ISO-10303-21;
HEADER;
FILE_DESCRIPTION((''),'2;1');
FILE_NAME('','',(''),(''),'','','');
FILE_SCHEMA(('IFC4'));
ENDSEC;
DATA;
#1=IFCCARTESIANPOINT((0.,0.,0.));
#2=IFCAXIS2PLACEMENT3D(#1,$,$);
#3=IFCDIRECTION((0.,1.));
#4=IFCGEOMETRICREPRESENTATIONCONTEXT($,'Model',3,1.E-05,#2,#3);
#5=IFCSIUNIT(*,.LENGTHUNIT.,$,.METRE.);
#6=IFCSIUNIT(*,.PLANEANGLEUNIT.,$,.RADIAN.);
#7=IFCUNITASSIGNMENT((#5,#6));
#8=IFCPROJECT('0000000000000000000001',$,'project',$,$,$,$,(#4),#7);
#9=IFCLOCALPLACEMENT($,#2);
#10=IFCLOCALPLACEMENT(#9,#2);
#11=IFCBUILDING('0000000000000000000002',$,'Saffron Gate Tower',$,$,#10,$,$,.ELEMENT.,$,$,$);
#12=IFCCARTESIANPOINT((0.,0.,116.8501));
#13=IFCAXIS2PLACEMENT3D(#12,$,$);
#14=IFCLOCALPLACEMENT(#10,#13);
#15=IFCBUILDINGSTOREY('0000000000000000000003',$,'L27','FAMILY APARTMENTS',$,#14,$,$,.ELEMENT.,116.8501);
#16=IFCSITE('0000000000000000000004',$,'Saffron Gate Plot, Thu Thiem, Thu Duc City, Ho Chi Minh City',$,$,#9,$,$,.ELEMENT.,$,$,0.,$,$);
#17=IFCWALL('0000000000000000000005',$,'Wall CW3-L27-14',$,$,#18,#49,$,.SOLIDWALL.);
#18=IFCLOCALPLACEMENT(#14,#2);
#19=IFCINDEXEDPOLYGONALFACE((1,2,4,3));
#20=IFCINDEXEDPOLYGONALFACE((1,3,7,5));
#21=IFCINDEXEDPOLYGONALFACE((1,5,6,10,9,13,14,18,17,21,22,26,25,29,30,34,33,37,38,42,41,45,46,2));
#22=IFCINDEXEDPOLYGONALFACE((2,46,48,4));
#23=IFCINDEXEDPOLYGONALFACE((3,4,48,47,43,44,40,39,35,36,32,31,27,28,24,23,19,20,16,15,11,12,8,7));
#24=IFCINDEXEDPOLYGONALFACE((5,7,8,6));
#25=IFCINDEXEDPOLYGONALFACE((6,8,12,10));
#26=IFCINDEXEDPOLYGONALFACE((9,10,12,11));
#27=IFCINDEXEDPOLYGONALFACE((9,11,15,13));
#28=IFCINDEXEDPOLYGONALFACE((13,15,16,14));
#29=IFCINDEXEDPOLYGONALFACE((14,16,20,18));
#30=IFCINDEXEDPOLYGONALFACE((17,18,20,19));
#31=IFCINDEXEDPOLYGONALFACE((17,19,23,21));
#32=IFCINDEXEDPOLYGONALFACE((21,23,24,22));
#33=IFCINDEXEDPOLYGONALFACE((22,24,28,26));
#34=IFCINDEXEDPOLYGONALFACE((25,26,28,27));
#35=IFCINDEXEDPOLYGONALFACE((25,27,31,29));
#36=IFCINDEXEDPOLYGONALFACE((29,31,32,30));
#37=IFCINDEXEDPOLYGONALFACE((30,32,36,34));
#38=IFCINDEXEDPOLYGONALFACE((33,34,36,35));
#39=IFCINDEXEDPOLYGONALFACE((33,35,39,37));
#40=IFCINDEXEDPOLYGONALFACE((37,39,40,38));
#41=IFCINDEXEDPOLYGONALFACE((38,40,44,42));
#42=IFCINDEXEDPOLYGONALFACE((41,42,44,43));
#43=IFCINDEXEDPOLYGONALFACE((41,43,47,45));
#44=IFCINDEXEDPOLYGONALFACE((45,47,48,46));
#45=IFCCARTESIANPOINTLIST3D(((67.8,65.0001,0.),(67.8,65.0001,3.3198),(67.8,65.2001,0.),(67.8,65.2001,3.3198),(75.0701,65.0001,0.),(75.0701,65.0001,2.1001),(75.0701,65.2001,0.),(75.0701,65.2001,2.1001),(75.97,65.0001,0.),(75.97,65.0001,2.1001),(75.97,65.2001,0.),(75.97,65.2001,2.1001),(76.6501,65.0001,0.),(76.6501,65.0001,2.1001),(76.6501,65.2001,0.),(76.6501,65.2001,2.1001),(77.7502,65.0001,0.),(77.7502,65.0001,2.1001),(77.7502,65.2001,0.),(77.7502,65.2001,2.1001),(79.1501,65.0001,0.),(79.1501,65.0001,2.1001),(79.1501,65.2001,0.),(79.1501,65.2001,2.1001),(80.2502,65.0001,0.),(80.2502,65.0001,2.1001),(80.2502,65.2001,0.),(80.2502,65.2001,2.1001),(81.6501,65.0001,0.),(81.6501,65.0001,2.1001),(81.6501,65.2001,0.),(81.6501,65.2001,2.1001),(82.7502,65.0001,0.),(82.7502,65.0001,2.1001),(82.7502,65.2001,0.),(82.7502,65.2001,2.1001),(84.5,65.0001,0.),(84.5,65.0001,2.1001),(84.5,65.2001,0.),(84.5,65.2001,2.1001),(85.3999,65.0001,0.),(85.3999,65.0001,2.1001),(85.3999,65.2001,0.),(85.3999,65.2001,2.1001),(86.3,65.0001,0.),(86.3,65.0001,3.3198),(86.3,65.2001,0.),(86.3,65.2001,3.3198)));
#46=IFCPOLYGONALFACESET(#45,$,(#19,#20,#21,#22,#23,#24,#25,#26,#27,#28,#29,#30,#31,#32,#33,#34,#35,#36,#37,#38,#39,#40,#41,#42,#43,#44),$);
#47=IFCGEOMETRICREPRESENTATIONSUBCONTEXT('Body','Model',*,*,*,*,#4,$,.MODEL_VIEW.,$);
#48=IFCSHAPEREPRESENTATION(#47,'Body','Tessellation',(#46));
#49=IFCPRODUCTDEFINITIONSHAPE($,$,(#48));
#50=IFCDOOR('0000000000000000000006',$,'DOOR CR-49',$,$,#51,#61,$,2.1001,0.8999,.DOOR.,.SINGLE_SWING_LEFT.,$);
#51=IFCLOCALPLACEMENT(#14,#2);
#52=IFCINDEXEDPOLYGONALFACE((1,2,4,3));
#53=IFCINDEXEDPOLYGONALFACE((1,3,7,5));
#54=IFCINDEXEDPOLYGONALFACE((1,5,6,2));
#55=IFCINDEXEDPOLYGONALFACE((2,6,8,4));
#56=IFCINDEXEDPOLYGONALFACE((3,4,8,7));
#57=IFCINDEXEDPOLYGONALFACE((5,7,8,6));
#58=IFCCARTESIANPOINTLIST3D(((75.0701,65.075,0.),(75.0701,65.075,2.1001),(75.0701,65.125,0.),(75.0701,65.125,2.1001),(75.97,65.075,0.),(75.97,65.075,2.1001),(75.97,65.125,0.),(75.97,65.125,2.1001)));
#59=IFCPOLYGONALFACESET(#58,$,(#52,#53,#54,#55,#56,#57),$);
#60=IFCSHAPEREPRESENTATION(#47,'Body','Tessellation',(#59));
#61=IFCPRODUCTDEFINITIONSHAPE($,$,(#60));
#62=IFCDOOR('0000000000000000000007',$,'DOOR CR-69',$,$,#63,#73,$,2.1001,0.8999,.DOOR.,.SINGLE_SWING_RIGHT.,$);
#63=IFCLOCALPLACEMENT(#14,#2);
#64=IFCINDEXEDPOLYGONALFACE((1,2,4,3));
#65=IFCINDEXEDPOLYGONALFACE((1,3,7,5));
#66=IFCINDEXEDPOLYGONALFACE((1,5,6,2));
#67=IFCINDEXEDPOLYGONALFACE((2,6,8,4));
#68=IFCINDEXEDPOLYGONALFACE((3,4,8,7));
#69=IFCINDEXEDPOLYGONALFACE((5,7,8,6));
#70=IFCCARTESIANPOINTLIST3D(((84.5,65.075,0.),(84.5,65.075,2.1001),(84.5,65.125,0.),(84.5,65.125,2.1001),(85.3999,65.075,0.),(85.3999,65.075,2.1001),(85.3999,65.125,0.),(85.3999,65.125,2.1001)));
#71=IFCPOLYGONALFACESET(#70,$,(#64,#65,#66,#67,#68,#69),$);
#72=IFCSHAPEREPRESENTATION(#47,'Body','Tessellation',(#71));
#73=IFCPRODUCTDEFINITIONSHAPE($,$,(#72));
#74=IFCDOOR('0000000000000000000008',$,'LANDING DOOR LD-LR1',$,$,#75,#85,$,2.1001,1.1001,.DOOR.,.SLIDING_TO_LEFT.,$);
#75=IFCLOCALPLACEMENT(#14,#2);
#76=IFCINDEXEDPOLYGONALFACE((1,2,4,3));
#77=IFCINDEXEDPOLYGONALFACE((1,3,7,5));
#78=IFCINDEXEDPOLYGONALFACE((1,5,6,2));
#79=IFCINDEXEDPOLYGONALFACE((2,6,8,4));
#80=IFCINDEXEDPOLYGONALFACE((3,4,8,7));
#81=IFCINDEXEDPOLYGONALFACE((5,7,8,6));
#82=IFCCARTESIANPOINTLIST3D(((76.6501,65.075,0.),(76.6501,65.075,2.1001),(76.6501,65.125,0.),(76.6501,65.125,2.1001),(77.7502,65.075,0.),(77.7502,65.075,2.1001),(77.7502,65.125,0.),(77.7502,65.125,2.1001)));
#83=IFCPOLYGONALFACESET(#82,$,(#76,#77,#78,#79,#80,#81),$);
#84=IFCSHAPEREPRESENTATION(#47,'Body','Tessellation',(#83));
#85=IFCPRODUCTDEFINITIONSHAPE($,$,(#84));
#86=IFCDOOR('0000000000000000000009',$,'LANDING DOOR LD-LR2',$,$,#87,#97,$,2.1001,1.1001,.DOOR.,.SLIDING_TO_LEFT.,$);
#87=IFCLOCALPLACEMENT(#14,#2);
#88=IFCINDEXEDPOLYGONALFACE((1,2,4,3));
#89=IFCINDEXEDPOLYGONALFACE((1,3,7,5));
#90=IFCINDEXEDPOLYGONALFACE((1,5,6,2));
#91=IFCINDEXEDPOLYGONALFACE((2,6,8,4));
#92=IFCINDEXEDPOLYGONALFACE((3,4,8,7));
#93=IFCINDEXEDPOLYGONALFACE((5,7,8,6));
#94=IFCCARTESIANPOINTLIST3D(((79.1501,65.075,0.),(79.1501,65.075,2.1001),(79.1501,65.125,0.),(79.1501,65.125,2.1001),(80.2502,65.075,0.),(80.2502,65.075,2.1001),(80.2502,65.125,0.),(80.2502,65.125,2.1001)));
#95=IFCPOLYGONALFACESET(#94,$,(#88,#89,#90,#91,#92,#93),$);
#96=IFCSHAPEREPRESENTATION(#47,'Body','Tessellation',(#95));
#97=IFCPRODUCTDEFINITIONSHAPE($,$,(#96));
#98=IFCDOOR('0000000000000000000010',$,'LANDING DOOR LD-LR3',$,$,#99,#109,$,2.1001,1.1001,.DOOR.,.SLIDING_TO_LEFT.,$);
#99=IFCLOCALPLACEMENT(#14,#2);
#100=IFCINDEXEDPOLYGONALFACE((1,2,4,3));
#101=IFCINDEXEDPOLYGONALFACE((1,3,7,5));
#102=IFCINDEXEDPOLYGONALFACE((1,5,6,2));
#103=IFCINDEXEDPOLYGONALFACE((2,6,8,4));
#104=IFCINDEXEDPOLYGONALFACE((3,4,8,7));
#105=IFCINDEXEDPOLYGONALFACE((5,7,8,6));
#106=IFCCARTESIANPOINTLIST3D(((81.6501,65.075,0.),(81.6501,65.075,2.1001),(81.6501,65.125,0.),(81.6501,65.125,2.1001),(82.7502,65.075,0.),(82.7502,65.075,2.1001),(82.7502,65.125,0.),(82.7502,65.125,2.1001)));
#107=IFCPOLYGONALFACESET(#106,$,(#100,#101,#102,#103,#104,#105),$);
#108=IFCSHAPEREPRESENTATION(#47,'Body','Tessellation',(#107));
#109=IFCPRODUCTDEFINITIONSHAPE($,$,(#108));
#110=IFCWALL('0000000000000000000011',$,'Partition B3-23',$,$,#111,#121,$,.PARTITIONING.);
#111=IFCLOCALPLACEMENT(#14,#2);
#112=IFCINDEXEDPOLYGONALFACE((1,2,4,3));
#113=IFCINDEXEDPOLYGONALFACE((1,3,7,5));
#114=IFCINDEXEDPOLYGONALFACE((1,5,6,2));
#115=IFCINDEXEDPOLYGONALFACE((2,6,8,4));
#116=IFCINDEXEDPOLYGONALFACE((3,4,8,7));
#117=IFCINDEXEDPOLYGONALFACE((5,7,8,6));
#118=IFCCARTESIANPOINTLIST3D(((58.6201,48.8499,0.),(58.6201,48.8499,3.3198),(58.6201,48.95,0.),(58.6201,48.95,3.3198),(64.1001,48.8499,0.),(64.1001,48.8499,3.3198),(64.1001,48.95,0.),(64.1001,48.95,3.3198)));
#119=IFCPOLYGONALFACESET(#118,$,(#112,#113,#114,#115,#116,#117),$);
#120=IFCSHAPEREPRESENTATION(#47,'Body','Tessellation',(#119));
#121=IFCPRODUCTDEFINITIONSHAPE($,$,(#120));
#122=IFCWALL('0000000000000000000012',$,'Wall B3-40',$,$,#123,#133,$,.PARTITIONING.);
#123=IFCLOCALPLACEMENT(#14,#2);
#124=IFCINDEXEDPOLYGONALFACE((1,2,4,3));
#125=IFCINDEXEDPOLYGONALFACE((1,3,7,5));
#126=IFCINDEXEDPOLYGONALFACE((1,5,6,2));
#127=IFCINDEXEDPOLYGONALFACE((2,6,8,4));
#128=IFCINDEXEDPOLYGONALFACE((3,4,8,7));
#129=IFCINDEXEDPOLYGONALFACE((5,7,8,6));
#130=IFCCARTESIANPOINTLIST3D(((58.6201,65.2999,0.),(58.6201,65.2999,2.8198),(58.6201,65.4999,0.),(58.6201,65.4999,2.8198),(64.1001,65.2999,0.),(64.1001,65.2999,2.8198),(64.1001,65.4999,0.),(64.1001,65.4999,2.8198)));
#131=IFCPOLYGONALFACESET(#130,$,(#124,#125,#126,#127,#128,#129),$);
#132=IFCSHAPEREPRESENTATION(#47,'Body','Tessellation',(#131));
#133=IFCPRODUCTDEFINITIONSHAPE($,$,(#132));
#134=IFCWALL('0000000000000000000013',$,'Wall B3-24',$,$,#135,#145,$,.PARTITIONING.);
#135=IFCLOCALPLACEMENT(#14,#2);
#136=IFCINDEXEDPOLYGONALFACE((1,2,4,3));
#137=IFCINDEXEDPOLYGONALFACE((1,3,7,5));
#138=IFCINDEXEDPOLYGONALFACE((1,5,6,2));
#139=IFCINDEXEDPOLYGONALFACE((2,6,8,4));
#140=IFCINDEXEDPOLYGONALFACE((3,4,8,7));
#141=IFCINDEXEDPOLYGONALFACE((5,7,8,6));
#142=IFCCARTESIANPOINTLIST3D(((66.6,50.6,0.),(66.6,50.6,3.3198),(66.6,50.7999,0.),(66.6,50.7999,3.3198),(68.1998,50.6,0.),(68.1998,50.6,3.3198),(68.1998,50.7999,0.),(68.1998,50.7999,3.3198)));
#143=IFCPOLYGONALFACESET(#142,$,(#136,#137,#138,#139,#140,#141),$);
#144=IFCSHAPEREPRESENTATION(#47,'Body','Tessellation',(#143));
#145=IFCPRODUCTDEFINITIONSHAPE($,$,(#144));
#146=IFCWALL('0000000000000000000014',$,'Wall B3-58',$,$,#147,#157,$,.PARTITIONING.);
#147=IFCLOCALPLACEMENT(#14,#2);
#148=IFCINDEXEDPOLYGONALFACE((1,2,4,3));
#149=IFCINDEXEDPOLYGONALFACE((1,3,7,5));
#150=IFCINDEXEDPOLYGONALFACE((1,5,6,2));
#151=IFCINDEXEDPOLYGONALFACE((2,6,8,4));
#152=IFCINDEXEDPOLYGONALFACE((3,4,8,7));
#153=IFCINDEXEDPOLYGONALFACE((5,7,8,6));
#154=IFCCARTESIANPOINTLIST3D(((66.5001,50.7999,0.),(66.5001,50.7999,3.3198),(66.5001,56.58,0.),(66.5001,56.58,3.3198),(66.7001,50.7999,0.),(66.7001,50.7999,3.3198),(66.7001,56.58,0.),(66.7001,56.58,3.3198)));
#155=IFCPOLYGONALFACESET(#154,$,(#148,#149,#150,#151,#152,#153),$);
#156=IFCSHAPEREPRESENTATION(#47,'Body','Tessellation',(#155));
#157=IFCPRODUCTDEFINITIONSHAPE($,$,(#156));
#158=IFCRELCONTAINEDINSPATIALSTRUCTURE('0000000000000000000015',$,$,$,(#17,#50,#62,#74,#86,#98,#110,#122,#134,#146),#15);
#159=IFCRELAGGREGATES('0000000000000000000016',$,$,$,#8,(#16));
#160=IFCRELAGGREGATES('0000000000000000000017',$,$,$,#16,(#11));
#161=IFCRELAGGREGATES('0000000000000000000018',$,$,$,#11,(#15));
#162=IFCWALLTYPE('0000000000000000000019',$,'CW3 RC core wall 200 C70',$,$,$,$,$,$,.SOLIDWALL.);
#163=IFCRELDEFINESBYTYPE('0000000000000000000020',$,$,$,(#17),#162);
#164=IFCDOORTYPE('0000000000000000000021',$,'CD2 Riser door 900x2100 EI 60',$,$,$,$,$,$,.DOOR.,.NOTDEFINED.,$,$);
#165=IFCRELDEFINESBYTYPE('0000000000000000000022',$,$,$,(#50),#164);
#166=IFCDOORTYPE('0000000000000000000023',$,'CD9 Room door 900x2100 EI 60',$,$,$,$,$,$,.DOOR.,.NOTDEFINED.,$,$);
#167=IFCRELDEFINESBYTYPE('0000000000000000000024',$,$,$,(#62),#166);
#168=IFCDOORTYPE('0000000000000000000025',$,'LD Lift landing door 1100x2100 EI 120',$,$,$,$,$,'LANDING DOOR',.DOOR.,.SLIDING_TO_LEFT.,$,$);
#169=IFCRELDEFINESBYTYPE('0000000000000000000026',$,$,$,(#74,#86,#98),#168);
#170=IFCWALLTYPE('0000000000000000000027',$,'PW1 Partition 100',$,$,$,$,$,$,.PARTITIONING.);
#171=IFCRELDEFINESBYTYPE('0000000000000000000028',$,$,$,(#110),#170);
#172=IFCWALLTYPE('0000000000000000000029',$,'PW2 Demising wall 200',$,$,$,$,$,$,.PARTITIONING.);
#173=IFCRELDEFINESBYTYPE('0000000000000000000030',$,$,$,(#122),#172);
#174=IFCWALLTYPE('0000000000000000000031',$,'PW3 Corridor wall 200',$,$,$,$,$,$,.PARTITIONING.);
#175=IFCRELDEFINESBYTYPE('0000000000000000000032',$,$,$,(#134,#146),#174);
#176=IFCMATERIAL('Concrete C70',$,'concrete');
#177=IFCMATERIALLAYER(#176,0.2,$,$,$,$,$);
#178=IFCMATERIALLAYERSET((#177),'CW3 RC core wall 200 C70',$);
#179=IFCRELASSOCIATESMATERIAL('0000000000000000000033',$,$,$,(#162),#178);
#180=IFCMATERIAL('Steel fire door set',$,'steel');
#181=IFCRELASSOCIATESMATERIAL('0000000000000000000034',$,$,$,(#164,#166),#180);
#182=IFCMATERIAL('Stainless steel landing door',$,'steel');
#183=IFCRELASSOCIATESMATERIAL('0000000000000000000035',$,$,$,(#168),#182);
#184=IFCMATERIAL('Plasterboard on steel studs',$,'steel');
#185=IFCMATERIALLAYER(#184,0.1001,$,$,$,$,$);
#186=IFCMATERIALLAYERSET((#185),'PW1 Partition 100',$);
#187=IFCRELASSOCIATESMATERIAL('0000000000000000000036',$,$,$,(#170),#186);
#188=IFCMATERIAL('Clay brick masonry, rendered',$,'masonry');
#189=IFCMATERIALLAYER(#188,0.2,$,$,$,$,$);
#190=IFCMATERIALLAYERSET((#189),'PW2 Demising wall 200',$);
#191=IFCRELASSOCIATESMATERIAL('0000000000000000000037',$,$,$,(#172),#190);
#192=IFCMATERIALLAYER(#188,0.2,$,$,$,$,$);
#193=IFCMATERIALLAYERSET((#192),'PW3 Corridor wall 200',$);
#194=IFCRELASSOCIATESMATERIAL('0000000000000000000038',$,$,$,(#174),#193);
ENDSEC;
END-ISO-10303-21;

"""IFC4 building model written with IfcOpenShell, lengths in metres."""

from ifc_helpers import new_model, si_unit, direction, frame, frame_2d, origin, place, context, subcontext, project, spatial, rectangle, extrude, material, layer, layer_set, type_object, element, fill, save


model = new_model("IFC4")

# Units and contexts
model_context = context("Model", 3, precision=1e-05, world=origin(), true_north=direction((0.0, 1.0)))
body_context = subcontext(model_context, "Body", "Model", "MODEL_VIEW")
ifc_project = project(units=[si_unit("LENGTHUNIT", "METRE"), si_unit("PLANEANGLEUNIT", "RADIAN")], contexts=[model_context])

# Site, building, storey
site_placement = place(None, origin())
site = spatial("IfcSite", under=ifc_project, at=site_placement, Name="Saffron Gate Plot, Thu Thiem, Thu Duc City, Ho Chi Minh City", CompositionType="ELEMENT", RefElevation=0.0)
building_placement = place(site_placement, origin())
building = spatial("IfcBuilding", under=site, at=building_placement, Name="Saffron Gate Tower", CompositionType="ELEMENT")
storey_placement = place(building_placement, frame((0.0, 0.0, 116.8501)))
storey = spatial("IfcBuildingStorey", under=building, at=storey_placement, Name="L27", Description="FAMILY APARTMENTS", CompositionType="ELEMENT", Elevation=116.8501)

# Shared definitions
ifc_material_1 = material(Name="Concrete C70", Category="concrete")
ifc_material_2 = material(Name="Steel fire door set", Category="steel")

# Wall, openings, doors
ifc_layer_1 = layer(ifc_material_1, 0.2)
ifc_layer_set_1 = layer_set([ifc_layer_1], Name="CW3 RC core wall 200 C70")
wall_type_1 = type_object("IfcWallType", Name="CW3 RC core wall 200 C70", PredefinedType="SOLIDWALL", material=ifc_layer_set_1)
wall_1_placement = place(storey_placement, frame((67.8, 65.1001, 0.0), z_axis=(0.0, 0.0, 1.0), x_axis=(1.0, 0.0, 0.0)))
wall_1 = element("IfcWall", 1, at=wall_1_placement, inside=storey, type_object=wall_type_1, Name="Wall CW3-L27-14", PredefinedType="SOLIDWALL", context=body_context, shape_type="SweptSolid", body=[
    extrude(rectangle(XDim=18.5, YDim=0.2, at=frame_2d((9.25, 0.0))), origin(), (0.0, 0.0, 1.0), 3.3198),
])
opening_1_placement = place(wall_1_placement, frame((7.27, 0.0, 0.0)))
opening_1 = element("IfcOpeningElement", 2, at=opening_1_placement, cuts=wall_1, PredefinedType="OPENING", context=body_context, shape_type="SweptSolid", body=[
    extrude(rectangle(XDim=0.8999, YDim=2.1001, at=frame_2d((0.45, 1.05))), frame((0.0, 0.1099, 0.0), z_axis=(0.0, -1.0, 0.0), x_axis=(1.0, 0.0, 0.0)), (0.0, 0.0, 1.0), 0.22),
])
opening_2_placement = place(wall_1_placement, frame((8.8501, 0.0, 0.0)))
opening_2 = element("IfcOpeningElement", 3, at=opening_2_placement, cuts=wall_1, PredefinedType="OPENING", context=body_context, shape_type="SweptSolid", body=[
    extrude(rectangle(XDim=1.1001, YDim=2.1001, at=frame_2d((0.55, 1.05))), frame((0.0, 0.1099, 0.0), z_axis=(0.0, -1.0, 0.0), x_axis=(1.0, 0.0, 0.0)), (0.0, 0.0, 1.0), 0.22),
])
opening_3_placement = place(wall_1_placement, frame((11.3501, 0.0, 0.0)))
opening_3 = element("IfcOpeningElement", 4, at=opening_3_placement, cuts=wall_1, PredefinedType="OPENING", context=body_context, shape_type="SweptSolid", body=[
    extrude(rectangle(XDim=1.1001, YDim=2.1001, at=frame_2d((0.55, 1.05))), frame((0.0, 0.1099, 0.0), z_axis=(0.0, -1.0, 0.0), x_axis=(1.0, 0.0, 0.0)), (0.0, 0.0, 1.0), 0.22),
])
opening_4_placement = place(wall_1_placement, frame((13.8501, 0.0, 0.0)))
opening_4 = element("IfcOpeningElement", 5, at=opening_4_placement, cuts=wall_1, PredefinedType="OPENING", context=body_context, shape_type="SweptSolid", body=[
    extrude(rectangle(XDim=1.1001, YDim=2.1001, at=frame_2d((0.55, 1.05))), frame((0.0, 0.1099, 0.0), z_axis=(0.0, -1.0, 0.0), x_axis=(1.0, 0.0, 0.0)), (0.0, 0.0, 1.0), 0.22),
])
opening_5_placement = place(wall_1_placement, frame((16.7, 0.0, 0.0)))
opening_5 = element("IfcOpeningElement", 6, at=opening_5_placement, cuts=wall_1, PredefinedType="OPENING", context=body_context, shape_type="SweptSolid", body=[
    extrude(rectangle(XDim=0.8999, YDim=2.1001, at=frame_2d((0.45, 1.05))), frame((0.0, 0.1099, 0.0), z_axis=(0.0, -1.0, 0.0), x_axis=(1.0, 0.0, 0.0)), (0.0, 0.0, 1.0), 0.22),
])
door_type_1 = type_object("IfcDoorType", Name="CD2 Riser door 900x2100 EI 60", OperationType="NOTDEFINED", PredefinedType="DOOR", material=ifc_material_2)
door_1_placement = place(opening_1_placement, origin())
door_1 = element("IfcDoor", 7, at=door_1_placement, inside=storey, type_object=door_type_1, Name="DOOR CR-49", OperationType="SINGLE_SWING_LEFT", OverallHeight=2.1001, OverallWidth=0.8999, PredefinedType="DOOR", context=body_context, shape_type="SweptSolid", body=[
    extrude(rectangle(XDim=0.8999, YDim=2.1001, at=frame_2d((0.45, 1.05))), frame((0.0, 0.0249, 0.0), z_axis=(0.0, -1.0, 0.0), x_axis=(1.0, 0.0, 0.0)), (0.0, 0.0, 1.0), 0.05),
])
fill(opening_1, door_1)
door_type_2 = type_object("IfcDoorType", Name="CD9 Room door 900x2100 EI 60", OperationType="NOTDEFINED", PredefinedType="DOOR", material=ifc_material_2)
door_2_placement = place(opening_5_placement, origin())
door_2 = element("IfcDoor", 8, at=door_2_placement, inside=storey, type_object=door_type_2, Name="DOOR CR-69", OperationType="SINGLE_SWING_RIGHT", OverallHeight=2.1001, OverallWidth=0.8999, PredefinedType="DOOR", context=body_context, shape_type="SweptSolid", body=[
    extrude(rectangle(XDim=0.8999, YDim=2.1001, at=frame_2d((0.45, 1.05))), frame((0.0, 0.0249, 0.0), z_axis=(0.0, -1.0, 0.0), x_axis=(1.0, 0.0, 0.0)), (0.0, 0.0, 1.0), 0.05),
])
fill(opening_5, door_2)
ifc_material_3 = material(Name="Stainless steel landing door", Category="steel")
door_type_3 = type_object("IfcDoorType", Name="LD Lift landing door 1100x2100 EI 120", ElementType="LANDING DOOR", OperationType="SLIDING_TO_LEFT", PredefinedType="DOOR", material=ifc_material_3)
door_3_placement = place(opening_2_placement, origin())
door_3 = element("IfcDoor", 9, at=door_3_placement, inside=storey, type_object=door_type_3, Name="LANDING DOOR LD-LR1", OperationType="SLIDING_TO_LEFT", OverallHeight=2.1001, OverallWidth=1.1001, PredefinedType="DOOR", context=body_context, shape_type="SweptSolid", body=[
    extrude(rectangle(XDim=1.1001, YDim=2.1001, at=frame_2d((0.55, 1.05))), frame((0.0, 0.0249, 0.0), z_axis=(0.0, -1.0, 0.0), x_axis=(1.0, 0.0, 0.0)), (0.0, 0.0, 1.0), 0.05),
])
fill(opening_2, door_3)
door_4_placement = place(opening_3_placement, origin())
door_4 = element("IfcDoor", 10, at=door_4_placement, inside=storey, type_object=door_type_3, Name="LANDING DOOR LD-LR2", OperationType="SLIDING_TO_LEFT", OverallHeight=2.1001, OverallWidth=1.1001, PredefinedType="DOOR", context=body_context, shape_type="SweptSolid", body=[
    extrude(rectangle(XDim=1.1001, YDim=2.1001, at=frame_2d((0.55, 1.05))), frame((0.0, 0.0249, 0.0), z_axis=(0.0, -1.0, 0.0), x_axis=(1.0, 0.0, 0.0)), (0.0, 0.0, 1.0), 0.05),
])
fill(opening_3, door_4)
door_5_placement = place(opening_4_placement, origin())
door_5 = element("IfcDoor", 11, at=door_5_placement, inside=storey, type_object=door_type_3, Name="LANDING DOOR LD-LR3", OperationType="SLIDING_TO_LEFT", OverallHeight=2.1001, OverallWidth=1.1001, PredefinedType="DOOR", context=body_context, shape_type="SweptSolid", body=[
    extrude(rectangle(XDim=1.1001, YDim=2.1001, at=frame_2d((0.55, 1.05))), frame((0.0, 0.0249, 0.0), z_axis=(0.0, -1.0, 0.0), x_axis=(1.0, 0.0, 0.0)), (0.0, 0.0, 1.0), 0.05),
])
fill(opening_4, door_5)

# Walls
ifc_material_4 = material(Name="Plasterboard on steel studs", Category="steel")
ifc_layer_2 = layer(ifc_material_4, 0.1001)
ifc_layer_set_2 = layer_set([ifc_layer_2], Name="PW1 Partition 100")
wall_type_2 = type_object("IfcWallType", Name="PW1 Partition 100", PredefinedType="PARTITIONING", material=ifc_layer_set_2)
wall_2_placement = place(storey_placement, frame((58.6201, 48.8999, 0.0), z_axis=(0.0, 0.0, 1.0), x_axis=(1.0, 0.0, 0.0)))
element("IfcWall", 12, at=wall_2_placement, inside=storey, type_object=wall_type_2, Name="Partition B3-23", PredefinedType="PARTITIONING", context=body_context, shape_type="SweptSolid", body=[
    extrude(rectangle(XDim=5.48, YDim=0.1001, at=frame_2d((2.74, 0.0))), origin(), (0.0, 0.0, 1.0), 3.3198),
])
ifc_material_5 = material(Name="Clay brick masonry, rendered", Category="masonry")
ifc_layer_3 = layer(ifc_material_5, 0.2)
ifc_layer_set_3 = layer_set([ifc_layer_3], Name="PW2 Demising wall 200")
wall_type_3 = type_object("IfcWallType", Name="PW2 Demising wall 200", PredefinedType="PARTITIONING", material=ifc_layer_set_3)
wall_3_placement = place(storey_placement, frame((58.6201, 65.3999, 0.0), z_axis=(0.0, 0.0, 1.0), x_axis=(1.0, 0.0, 0.0)))
element("IfcWall", 13, at=wall_3_placement, inside=storey, type_object=wall_type_3, Name="Wall B3-40", PredefinedType="PARTITIONING", context=body_context, shape_type="SweptSolid", body=[
    extrude(rectangle(XDim=5.48, YDim=0.2, at=frame_2d((2.74, 0.0))), origin(), (0.0, 0.0, 1.0), 2.8198),
])
ifc_layer_4 = layer(ifc_material_5, 0.2)
ifc_layer_set_4 = layer_set([ifc_layer_4], Name="PW3 Corridor wall 200")
wall_type_4 = type_object("IfcWallType", Name="PW3 Corridor wall 200", PredefinedType="PARTITIONING", material=ifc_layer_set_4)
wall_4_placement = place(storey_placement, frame((66.6001, 50.7, 0.0), z_axis=(0.0, 0.0, 1.0), x_axis=(1.0, 0.0, 0.0)))
element("IfcWall", 14, at=wall_4_placement, inside=storey, type_object=wall_type_4, Name="Wall B3-24", PredefinedType="PARTITIONING", context=body_context, shape_type="SweptSolid", body=[
    extrude(rectangle(XDim=1.5999, YDim=0.2, at=frame_2d((0.7998, 0.0))), origin(), (0.0, 0.0, 1.0), 3.3198),
])
wall_5_placement = place(storey_placement, frame((66.6001, 56.5801, 0.0), z_axis=(0.0, 0.0, 1.0), x_axis=(0.0, -1.0, 0.0)))
element("IfcWall", 15, at=wall_5_placement, inside=storey, type_object=wall_type_4, Name="Wall B3-58", PredefinedType="PARTITIONING", context=body_context, shape_type="SweptSolid", body=[
    extrude(rectangle(XDim=5.78, YDim=0.2, at=frame_2d((2.8901, 0.0))), origin(), (0.0, 0.0, 1.0), 3.3198),
])

save(model, "model.ifc")
